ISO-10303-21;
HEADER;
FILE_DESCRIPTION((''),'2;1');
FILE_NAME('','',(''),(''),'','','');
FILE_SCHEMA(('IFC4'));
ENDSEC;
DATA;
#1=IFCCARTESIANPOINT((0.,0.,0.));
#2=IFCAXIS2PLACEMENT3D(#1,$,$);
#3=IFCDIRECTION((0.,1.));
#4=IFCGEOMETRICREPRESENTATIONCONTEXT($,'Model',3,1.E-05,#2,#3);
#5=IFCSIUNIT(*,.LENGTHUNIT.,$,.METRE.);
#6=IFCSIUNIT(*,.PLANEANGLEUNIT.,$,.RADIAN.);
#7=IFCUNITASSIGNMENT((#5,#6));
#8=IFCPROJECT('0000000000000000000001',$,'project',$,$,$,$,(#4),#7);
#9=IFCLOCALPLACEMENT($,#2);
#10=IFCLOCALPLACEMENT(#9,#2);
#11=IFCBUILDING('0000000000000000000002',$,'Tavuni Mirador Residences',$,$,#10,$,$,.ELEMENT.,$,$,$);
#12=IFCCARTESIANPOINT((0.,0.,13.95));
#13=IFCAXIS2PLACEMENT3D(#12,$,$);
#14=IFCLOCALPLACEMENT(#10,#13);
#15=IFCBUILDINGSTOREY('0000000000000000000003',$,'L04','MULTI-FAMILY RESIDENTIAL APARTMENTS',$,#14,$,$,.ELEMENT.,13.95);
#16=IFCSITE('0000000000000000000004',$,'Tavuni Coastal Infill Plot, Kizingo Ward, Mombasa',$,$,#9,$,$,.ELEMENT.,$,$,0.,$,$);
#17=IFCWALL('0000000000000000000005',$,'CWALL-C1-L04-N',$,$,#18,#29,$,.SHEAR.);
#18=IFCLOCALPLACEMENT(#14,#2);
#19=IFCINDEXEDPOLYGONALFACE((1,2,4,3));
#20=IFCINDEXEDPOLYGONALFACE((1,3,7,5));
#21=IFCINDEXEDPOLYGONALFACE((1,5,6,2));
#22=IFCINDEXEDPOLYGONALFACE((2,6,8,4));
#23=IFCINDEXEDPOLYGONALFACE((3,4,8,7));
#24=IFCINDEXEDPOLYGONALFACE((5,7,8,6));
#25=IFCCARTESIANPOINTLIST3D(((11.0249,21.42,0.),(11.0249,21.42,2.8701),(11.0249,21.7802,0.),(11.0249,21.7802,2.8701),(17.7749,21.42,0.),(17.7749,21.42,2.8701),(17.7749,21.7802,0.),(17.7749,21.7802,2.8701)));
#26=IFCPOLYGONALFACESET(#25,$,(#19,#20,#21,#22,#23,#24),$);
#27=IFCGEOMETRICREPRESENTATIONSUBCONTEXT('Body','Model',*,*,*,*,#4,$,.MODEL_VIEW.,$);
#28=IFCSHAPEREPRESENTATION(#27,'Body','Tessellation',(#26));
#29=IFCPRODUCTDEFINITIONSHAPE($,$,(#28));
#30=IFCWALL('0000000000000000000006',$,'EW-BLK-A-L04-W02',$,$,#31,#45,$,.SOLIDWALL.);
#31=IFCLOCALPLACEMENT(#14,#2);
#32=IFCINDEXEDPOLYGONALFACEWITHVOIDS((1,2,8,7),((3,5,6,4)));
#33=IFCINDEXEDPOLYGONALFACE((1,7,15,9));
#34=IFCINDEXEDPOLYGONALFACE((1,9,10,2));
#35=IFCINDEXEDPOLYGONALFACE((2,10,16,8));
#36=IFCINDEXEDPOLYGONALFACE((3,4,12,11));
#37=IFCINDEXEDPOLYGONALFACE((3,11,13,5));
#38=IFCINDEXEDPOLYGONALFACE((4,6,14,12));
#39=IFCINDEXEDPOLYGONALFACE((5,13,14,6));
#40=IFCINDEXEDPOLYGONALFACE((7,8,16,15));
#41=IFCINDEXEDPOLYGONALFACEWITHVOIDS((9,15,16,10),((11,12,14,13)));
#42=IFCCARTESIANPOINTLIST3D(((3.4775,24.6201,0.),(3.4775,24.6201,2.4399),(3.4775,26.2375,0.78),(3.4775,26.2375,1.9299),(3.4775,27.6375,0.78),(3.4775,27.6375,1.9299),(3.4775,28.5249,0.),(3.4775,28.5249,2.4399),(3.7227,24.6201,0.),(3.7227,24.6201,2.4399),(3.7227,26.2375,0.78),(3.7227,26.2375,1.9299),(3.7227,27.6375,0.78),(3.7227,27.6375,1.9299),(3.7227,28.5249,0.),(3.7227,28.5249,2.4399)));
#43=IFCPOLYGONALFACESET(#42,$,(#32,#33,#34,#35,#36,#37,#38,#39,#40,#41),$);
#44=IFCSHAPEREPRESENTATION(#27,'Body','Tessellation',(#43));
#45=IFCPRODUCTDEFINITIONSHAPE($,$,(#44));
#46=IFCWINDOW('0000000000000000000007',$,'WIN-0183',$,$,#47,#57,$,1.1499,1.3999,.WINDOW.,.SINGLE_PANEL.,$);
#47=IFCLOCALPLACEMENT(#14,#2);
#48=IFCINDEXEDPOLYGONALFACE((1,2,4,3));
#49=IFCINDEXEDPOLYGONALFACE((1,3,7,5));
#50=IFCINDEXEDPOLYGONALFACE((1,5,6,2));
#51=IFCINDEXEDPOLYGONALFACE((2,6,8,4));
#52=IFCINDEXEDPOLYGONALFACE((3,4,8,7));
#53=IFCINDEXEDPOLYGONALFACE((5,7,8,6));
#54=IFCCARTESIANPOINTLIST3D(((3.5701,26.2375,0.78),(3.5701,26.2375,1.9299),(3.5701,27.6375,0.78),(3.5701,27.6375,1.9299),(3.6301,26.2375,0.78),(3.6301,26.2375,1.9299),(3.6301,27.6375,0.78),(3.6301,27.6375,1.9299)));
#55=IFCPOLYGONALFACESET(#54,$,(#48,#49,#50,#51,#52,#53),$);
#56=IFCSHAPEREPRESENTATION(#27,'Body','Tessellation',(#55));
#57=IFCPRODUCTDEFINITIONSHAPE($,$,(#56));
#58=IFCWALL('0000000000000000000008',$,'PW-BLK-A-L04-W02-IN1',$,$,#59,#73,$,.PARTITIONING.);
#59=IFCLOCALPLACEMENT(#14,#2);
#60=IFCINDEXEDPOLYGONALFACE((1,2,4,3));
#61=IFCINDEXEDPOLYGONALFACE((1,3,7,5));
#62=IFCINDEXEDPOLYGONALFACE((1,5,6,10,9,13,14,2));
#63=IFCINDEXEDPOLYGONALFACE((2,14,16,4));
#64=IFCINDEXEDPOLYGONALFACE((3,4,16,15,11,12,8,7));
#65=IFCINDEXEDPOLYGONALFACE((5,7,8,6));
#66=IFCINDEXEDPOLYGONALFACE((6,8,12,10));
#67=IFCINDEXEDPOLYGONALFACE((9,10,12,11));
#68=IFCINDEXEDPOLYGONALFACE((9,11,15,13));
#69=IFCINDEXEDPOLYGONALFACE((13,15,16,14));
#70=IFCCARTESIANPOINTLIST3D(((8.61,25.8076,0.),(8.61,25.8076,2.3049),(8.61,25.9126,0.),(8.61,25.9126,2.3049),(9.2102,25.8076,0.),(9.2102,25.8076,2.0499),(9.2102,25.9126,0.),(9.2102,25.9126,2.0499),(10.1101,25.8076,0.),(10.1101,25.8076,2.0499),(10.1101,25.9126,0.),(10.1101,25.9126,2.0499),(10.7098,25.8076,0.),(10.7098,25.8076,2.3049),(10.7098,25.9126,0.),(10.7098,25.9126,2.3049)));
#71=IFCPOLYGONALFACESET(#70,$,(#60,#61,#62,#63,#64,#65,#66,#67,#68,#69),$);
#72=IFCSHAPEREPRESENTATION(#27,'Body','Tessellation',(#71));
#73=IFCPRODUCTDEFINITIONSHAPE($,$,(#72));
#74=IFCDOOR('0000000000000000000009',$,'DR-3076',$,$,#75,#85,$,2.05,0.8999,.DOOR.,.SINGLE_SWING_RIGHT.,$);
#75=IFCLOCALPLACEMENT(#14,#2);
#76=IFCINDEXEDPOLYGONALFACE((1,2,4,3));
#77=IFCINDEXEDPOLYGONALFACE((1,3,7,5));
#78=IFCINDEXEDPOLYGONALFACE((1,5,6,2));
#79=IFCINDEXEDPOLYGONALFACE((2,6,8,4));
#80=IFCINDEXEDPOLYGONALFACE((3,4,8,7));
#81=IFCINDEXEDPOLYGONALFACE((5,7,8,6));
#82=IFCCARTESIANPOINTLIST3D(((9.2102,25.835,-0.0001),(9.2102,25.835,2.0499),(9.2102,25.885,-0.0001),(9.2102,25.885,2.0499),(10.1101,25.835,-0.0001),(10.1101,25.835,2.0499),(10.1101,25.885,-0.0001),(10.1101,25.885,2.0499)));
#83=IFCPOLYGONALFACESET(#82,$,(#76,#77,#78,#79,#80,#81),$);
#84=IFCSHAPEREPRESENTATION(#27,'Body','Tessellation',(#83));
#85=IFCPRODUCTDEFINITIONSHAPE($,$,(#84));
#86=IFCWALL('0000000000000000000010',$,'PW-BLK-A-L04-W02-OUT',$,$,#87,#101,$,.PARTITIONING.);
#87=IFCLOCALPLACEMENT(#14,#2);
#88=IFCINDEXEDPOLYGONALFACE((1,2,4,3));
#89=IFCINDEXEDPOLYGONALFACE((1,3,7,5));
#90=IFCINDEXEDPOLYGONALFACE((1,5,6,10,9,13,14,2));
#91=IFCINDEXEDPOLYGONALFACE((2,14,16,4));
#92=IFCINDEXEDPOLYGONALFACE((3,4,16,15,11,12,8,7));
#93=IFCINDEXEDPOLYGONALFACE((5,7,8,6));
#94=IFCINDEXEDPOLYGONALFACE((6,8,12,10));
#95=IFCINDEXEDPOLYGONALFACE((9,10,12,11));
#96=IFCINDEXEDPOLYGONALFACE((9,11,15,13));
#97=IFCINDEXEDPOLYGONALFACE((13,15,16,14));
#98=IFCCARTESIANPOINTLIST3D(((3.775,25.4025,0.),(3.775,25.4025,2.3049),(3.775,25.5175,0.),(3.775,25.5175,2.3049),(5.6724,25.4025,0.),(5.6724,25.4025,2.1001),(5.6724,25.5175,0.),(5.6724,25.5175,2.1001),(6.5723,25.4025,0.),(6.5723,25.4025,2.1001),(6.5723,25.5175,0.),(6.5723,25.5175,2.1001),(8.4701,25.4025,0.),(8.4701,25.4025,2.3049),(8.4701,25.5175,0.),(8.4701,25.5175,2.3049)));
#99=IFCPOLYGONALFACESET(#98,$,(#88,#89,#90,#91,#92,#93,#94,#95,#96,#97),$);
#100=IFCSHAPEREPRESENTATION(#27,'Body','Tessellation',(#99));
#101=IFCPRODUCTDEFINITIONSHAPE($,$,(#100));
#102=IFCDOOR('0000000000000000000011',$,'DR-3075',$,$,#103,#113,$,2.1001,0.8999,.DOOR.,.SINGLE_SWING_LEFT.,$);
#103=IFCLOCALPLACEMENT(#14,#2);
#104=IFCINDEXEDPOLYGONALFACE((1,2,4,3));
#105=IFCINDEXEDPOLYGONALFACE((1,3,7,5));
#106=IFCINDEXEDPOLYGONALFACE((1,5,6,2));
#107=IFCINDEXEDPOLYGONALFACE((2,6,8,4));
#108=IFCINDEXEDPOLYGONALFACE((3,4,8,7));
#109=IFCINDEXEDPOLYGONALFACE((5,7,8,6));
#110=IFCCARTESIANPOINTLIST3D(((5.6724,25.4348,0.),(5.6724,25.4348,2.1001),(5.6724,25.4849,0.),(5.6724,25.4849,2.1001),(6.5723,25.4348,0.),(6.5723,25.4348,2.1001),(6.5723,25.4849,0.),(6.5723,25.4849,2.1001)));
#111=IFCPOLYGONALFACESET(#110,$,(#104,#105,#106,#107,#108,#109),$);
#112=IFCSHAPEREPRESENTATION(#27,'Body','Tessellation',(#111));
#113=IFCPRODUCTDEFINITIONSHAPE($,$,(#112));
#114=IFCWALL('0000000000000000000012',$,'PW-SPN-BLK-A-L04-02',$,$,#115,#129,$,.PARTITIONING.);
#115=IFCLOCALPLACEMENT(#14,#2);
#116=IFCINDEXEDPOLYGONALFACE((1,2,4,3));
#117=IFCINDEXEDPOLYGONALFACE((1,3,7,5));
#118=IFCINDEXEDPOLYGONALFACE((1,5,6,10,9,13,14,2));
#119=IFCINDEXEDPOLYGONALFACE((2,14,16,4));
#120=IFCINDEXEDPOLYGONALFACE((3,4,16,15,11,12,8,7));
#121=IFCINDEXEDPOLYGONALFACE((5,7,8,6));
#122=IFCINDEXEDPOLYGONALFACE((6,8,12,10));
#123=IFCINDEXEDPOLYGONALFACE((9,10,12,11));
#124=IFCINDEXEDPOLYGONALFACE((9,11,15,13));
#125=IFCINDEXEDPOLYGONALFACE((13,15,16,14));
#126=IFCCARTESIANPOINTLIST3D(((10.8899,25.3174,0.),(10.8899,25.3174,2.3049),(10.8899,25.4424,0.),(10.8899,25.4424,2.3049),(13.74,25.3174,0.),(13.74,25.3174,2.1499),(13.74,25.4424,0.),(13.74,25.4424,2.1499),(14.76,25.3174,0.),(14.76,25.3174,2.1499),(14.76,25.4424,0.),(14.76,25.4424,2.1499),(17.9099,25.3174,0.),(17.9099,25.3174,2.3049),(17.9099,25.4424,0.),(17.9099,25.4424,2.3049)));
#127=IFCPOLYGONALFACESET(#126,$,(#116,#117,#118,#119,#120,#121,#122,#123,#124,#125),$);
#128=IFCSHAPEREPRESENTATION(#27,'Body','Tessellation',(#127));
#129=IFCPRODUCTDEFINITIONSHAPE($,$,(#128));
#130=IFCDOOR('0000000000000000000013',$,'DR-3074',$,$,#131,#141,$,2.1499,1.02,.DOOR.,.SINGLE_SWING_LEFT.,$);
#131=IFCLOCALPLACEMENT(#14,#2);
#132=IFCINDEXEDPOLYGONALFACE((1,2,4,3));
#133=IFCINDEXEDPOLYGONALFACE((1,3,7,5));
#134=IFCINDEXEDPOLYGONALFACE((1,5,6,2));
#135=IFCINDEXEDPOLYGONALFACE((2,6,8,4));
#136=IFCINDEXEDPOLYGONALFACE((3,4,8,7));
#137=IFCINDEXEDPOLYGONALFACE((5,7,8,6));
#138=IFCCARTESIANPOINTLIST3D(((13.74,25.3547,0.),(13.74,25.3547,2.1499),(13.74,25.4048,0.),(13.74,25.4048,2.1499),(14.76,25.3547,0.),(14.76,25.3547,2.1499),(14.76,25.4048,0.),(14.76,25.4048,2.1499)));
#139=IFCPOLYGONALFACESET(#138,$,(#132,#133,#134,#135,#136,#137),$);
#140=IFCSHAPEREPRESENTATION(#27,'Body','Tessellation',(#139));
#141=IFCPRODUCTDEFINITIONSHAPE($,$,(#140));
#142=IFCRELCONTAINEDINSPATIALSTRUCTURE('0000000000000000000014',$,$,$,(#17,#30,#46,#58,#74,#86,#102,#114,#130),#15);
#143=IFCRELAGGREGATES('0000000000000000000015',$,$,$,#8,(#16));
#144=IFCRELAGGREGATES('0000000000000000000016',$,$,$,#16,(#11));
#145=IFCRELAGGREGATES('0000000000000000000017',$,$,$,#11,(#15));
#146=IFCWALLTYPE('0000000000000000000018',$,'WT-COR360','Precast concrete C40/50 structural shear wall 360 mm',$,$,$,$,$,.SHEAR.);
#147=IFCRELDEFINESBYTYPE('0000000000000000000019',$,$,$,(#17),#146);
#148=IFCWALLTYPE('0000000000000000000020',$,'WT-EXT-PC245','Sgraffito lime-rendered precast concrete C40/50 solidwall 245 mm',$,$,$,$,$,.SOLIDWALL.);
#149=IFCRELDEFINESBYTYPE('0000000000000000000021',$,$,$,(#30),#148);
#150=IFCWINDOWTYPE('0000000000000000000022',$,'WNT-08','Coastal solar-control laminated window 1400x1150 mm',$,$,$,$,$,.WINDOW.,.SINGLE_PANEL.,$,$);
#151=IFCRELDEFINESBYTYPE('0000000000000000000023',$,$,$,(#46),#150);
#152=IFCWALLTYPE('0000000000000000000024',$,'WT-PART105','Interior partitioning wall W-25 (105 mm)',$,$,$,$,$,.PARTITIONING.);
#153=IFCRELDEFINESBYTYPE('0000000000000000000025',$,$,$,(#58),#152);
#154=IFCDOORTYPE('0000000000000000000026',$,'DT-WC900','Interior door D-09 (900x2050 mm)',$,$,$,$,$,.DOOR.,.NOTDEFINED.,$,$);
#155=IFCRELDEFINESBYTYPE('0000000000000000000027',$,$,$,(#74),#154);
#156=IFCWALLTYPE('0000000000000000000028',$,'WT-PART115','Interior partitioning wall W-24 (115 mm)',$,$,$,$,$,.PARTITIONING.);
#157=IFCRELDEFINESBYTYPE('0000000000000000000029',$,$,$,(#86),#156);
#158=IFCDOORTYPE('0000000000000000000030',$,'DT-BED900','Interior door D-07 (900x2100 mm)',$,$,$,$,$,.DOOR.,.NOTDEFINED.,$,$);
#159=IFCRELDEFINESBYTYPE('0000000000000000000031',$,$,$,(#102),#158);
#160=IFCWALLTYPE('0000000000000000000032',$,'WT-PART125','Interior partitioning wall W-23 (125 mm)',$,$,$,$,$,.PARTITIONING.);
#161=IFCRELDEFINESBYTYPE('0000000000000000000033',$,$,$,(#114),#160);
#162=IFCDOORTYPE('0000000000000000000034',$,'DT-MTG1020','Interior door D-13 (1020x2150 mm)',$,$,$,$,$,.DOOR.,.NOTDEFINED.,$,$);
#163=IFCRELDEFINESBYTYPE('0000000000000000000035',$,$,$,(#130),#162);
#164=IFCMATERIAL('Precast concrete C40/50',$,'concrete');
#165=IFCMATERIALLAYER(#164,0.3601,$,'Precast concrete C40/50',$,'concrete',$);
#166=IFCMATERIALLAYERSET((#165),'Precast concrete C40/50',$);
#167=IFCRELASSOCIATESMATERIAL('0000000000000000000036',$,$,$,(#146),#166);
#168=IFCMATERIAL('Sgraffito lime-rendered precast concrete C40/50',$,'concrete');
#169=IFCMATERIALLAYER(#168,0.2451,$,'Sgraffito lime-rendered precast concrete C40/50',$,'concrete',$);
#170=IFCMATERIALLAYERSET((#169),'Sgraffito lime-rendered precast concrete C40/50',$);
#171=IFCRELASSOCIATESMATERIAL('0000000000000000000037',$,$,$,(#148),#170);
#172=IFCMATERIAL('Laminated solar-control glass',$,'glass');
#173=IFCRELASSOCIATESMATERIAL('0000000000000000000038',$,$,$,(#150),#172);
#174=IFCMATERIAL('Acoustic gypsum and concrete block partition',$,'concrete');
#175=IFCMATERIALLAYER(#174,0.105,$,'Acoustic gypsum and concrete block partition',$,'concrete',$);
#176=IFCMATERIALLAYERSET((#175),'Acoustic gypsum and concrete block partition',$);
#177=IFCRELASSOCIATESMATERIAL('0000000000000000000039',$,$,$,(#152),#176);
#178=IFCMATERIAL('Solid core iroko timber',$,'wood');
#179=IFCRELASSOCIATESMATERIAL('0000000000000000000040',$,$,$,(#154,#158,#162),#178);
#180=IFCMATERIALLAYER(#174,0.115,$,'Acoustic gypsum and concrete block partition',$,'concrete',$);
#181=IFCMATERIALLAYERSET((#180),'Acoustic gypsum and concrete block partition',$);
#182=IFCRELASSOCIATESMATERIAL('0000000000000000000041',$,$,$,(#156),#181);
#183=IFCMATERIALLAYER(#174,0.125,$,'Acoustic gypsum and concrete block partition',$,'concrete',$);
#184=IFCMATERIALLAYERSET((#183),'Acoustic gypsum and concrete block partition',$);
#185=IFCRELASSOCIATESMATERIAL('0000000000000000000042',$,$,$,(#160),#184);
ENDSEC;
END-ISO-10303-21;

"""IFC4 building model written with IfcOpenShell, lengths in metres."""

from ifc_helpers import new_model, si_unit, direction, frame, frame_2d, origin, place, context, subcontext, project, spatial, rectangle, extrude, material, layer, layer_set, type_object, element, fill, save


model = new_model("IFC4")

# Units and contexts
model_context = context("Model", 3, precision=1e-05, world=origin(), true_north=direction((0.0, 1.0)))
body_context = subcontext(model_context, "Body", "Model", "MODEL_VIEW")
ifc_project = project(units=[si_unit("LENGTHUNIT", "METRE"), si_unit("PLANEANGLEUNIT", "RADIAN")], contexts=[model_context])

# Site, building, storey
site_placement = place(None, origin())
site = spatial("IfcSite", under=ifc_project, at=site_placement, Name="Tavuni Coastal Infill Plot, Kizingo Ward, Mombasa", CompositionType="ELEMENT", RefElevation=0.0)
building_placement = place(site_placement, origin())
building = spatial("IfcBuilding", under=site, at=building_placement, Name="Tavuni Mirador Residences", CompositionType="ELEMENT")
storey_placement = place(building_placement, frame((0.0, 0.0, 13.95)))
storey = spatial("IfcBuildingStorey", under=building, at=storey_placement, Name="L04", Description="MULTI-FAMILY RESIDENTIAL APARTMENTS", CompositionType="ELEMENT", Elevation=13.95)

# Shared definitions
ifc_material_1 = material(Name="Precast concrete C40/50", Category="concrete")

# Wall
ifc_layer_1 = layer(ifc_material_1, 0.3601, Name="Precast concrete C40/50", Category="concrete")
ifc_layer_set_1 = layer_set([ifc_layer_1], Name="Precast concrete C40/50")
wall_type_1 = type_object("IfcWallType", Name="WT-COR360", Description="Precast concrete C40/50 structural shear wall 360 mm", PredefinedType="SHEAR", material=ifc_layer_set_1)
wall_1_placement = place(storey_placement, frame((11.0249, 21.6001, 0.0), z_axis=(0.0, 0.0, 1.0), x_axis=(1.0, 0.0, 0.0)))
element("IfcWall", 1, at=wall_1_placement, inside=storey, type_object=wall_type_1, Name="CWALL-C1-L04-N", PredefinedType="SHEAR", context=body_context, shape_type="SweptSolid", body=[
    extrude(rectangle(XDim=6.75, YDim=0.3601, at=frame_2d((3.375, 0.0))), origin(), (0.0, 0.0, 1.0), 2.8701),
])

# Shared definitions
ifc_material_2 = material(Name="Solid core iroko timber", Category="wood")

# Wall, opening, window
ifc_material_3 = material(Name="Sgraffito lime-rendered precast concrete C40/50", Category="concrete")
ifc_layer_2 = layer(ifc_material_3, 0.2451, Name="Sgraffito lime-rendered precast concrete C40/50", Category="concrete")
ifc_layer_set_2 = layer_set([ifc_layer_2], Name="Sgraffito lime-rendered precast concrete C40/50")
wall_type_2 = type_object("IfcWallType", Name="WT-EXT-PC245", Description="Sgraffito lime-rendered precast concrete C40/50 solidwall 245 mm", PredefinedType="SOLIDWALL", material=ifc_layer_set_2)
wall_2_placement = place(storey_placement, frame((3.6001, 28.5249, 0.0), z_axis=(0.0, 0.0, 1.0), x_axis=(0.0, -1.0, 0.0)))
wall_2 = element("IfcWall", 2, at=wall_2_placement, inside=storey, type_object=wall_type_2, Name="EW-BLK-A-L04-W02", PredefinedType="SOLIDWALL", context=body_context, shape_type="SweptSolid", body=[
    extrude(rectangle(XDim=3.9048, YDim=0.2451, at=frame_2d((1.9524, 0.0))), origin(), (0.0, 0.0, 1.0), 2.4399),
])
opening_1_placement = place(wall_2_placement, frame((0.8875, 0.0, 0.78)))
opening_1 = element("IfcOpeningElement", 3, at=opening_1_placement, cuts=wall_2, PredefinedType="OPENING", context=body_context, shape_type="SweptSolid", body=[
    extrude(rectangle(XDim=1.3999, YDim=1.1499, at=frame_2d((0.7, 0.575))), frame((0.0, 0.1326, 0.0), z_axis=(0.0, -1.0, 0.0), x_axis=(1.0, 0.0, 0.0)), (0.0, 0.0, 1.0), 0.2651),
])
ifc_material_4 = material(Name="Laminated solar-control glass", Category="glass")
window_type = type_object("IfcWindowType", Name="WNT-08", Description="Coastal solar-control laminated window 1400x1150 mm", PartitioningType="SINGLE_PANEL", PredefinedType="WINDOW", material=ifc_material_4)
window_placement = place(opening_1_placement, origin())
window = element("IfcWindow", 4, at=window_placement, inside=storey, type_object=window_type, Name="WIN-0183", OverallHeight=1.1499, OverallWidth=1.3999, PartitioningType="SINGLE_PANEL", PredefinedType="WINDOW", context=body_context, shape_type="SweptSolid", body=[
    extrude(rectangle(XDim=1.3999, YDim=1.1499, at=frame_2d((0.7, 0.575))), frame((0.0, 0.03, 0.0), z_axis=(0.0, -1.0, 0.0), x_axis=(1.0, 0.0, 0.0)), (0.0, 0.0, 1.0), 0.0601),
])
fill(opening_1, window)

# Walls, openings, doors
ifc_material_5 = material(Name="Acoustic gypsum and concrete block partition", Category="concrete")
ifc_layer_3 = layer(ifc_material_5, 0.105, Name="Acoustic gypsum and concrete block partition", Category="concrete")
ifc_layer_set_3 = layer_set([ifc_layer_3], Name="Acoustic gypsum and concrete block partition")
wall_type_3 = type_object("IfcWallType", Name="WT-PART105", Description="Interior partitioning wall W-25 (105 mm)", PredefinedType="PARTITIONING", material=ifc_layer_set_3)
wall_3_placement = place(storey_placement, frame((8.6101, 25.8601, 0.0), z_axis=(0.0, 0.0, 1.0), x_axis=(1.0, 0.0, 0.0)))
wall_3 = element("IfcWall", 5, at=wall_3_placement, inside=storey, type_object=wall_type_3, Name="PW-BLK-A-L04-W02-IN1", PredefinedType="PARTITIONING", context=body_context, shape_type="SweptSolid", body=[
    extrude(rectangle(XDim=2.0999, YDim=0.105, at=frame_2d((1.0498, 0.0))), origin(), (0.0, 0.0, 1.0), 2.3049),
])
opening_2_placement = place(wall_3_placement, frame((0.6001, 0.0, 0.0)))
opening_2 = element("IfcOpeningElement", 6, at=opening_2_placement, cuts=wall_3, PredefinedType="OPENING", context=body_context, shape_type="SweptSolid", body=[
    extrude(rectangle(XDim=0.8999, YDim=2.05, at=frame_2d((0.45, 1.0249))), frame((0.0, 0.0625, 0.0), z_axis=(0.0, -1.0, 0.0), x_axis=(1.0, 0.0, 0.0)), (0.0, 0.0, 1.0), 0.125),
])
door_type_1 = type_object("IfcDoorType", Name="DT-WC900", Description="Interior door D-09 (900x2050 mm)", OperationType="NOTDEFINED", PredefinedType="DOOR", material=ifc_material_2)
door_1_placement = place(opening_2_placement, origin())
door_1 = element("IfcDoor", 7, at=door_1_placement, inside=storey, type_object=door_type_1, Name="DR-3076", OperationType="SINGLE_SWING_RIGHT", OverallHeight=2.05, OverallWidth=0.8999, PredefinedType="DOOR", context=body_context, shape_type="SweptSolid", body=[
    extrude(rectangle(XDim=0.8999, YDim=2.05, at=frame_2d((0.45, 1.0249))), frame((0.0, 0.0249, 0.0), z_axis=(0.0, -1.0, 0.0), x_axis=(1.0, 0.0, 0.0)), (0.0, 0.0, 1.0), 0.05),
])
fill(opening_2, door_1)
ifc_layer_4 = layer(ifc_material_5, 0.115, Name="Acoustic gypsum and concrete block partition", Category="concrete")
ifc_layer_set_4 = layer_set([ifc_layer_4], Name="Acoustic gypsum and concrete block partition")
wall_type_4 = type_object("IfcWallType", Name="WT-PART115", Description="Interior partitioning wall W-24 (115 mm)", PredefinedType="PARTITIONING", material=ifc_layer_set_4)
wall_4_placement = place(storey_placement, frame((3.7749, 25.46, 0.0), z_axis=(0.0, 0.0, 1.0), x_axis=(1.0, 0.0, 0.0)))
wall_4 = element("IfcWall", 8, at=wall_4_placement, inside=storey, type_object=wall_type_4, Name="PW-BLK-A-L04-W02-OUT", PredefinedType="PARTITIONING", context=body_context, shape_type="SweptSolid", body=[
    extrude(rectangle(XDim=4.6951, YDim=0.115, at=frame_2d((2.3477, 0.0))), origin(), (0.0, 0.0, 1.0), 2.3049),
])
opening_3_placement = place(wall_4_placement, frame((1.8975, 0.0, 0.0)))
opening_3 = element("IfcOpeningElement", 9, at=opening_3_placement, cuts=wall_4, PredefinedType="OPENING", context=body_context, shape_type="SweptSolid", body=[
    extrude(rectangle(XDim=0.8999, YDim=2.1001, at=frame_2d((0.45, 1.05))), frame((0.0, 0.0674, 0.0), z_axis=(0.0, -1.0, 0.0), x_axis=(1.0, 0.0, 0.0)), (0.0, 0.0, 1.0), 0.135),
])
door_type_2 = type_object("IfcDoorType", Name="DT-BED900", Description="Interior door D-07 (900x2100 mm)", OperationType="NOTDEFINED", PredefinedType="DOOR", material=ifc_material_2)
door_2_placement = place(opening_3_placement, origin())
door_2 = element("IfcDoor", 10, at=door_2_placement, inside=storey, type_object=door_type_2, Name="DR-3075", OperationType="SINGLE_SWING_LEFT", OverallHeight=2.1001, OverallWidth=0.8999, PredefinedType="DOOR", context=body_context, shape_type="SweptSolid", body=[
    extrude(rectangle(XDim=0.8999, YDim=2.1001, at=frame_2d((0.45, 1.05))), frame((0.0, 0.0249, 0.0), z_axis=(0.0, -1.0, 0.0), x_axis=(1.0, 0.0, 0.0)), (0.0, 0.0, 1.0), 0.05),
])
fill(opening_3, door_2)
ifc_layer_5 = layer(ifc_material_5, 0.125, Name="Acoustic gypsum and concrete block partition", Category="concrete")
ifc_layer_set_5 = layer_set([ifc_layer_5], Name="Acoustic gypsum and concrete block partition")
wall_type_5 = type_object("IfcWallType", Name="WT-PART125", Description="Interior partitioning wall W-23 (125 mm)", PredefinedType="PARTITIONING", material=ifc_layer_set_5)
wall_5_placement = place(storey_placement, frame((10.8899, 25.3799, 0.0), z_axis=(0.0, 0.0, 1.0), x_axis=(1.0, 0.0, 0.0)))
wall_5 = element("IfcWall", 11, at=wall_5_placement, inside=storey, type_object=wall_type_5, Name="PW-SPN-BLK-A-L04-02", PredefinedType="PARTITIONING", context=body_context, shape_type="SweptSolid", body=[
    extrude(rectangle(XDim=7.02, YDim=0.125, at=frame_2d((3.51, 0.0))), origin(), (0.0, 0.0, 1.0), 2.3049),
])
opening_4_placement = place(wall_5_placement, frame((2.8501, 0.0, 0.0)))
opening_4 = element("IfcOpeningElement", 12, at=opening_4_placement, cuts=wall_5, PredefinedType="OPENING", context=body_context, shape_type="SweptSolid", body=[
    extrude(rectangle(XDim=1.02, YDim=2.1499, at=frame_2d((0.51, 1.075))), frame((0.0, 0.0725, 0.0), z_axis=(0.0, -1.0, 0.0), x_axis=(1.0, 0.0, 0.0)), (0.0, 0.0, 1.0), 0.145),
])
door_type_3 = type_object("IfcDoorType", Name="DT-MTG1020", Description="Interior door D-13 (1020x2150 mm)", OperationType="NOTDEFINED", PredefinedType="DOOR", material=ifc_material_2)
door_3_placement = place(opening_4_placement, origin())
door_3 = element("IfcDoor", 13, at=door_3_placement, inside=storey, type_object=door_type_3, Name="DR-3074", OperationType="SINGLE_SWING_LEFT", OverallHeight=2.1499, OverallWidth=1.02, PredefinedType="DOOR", context=body_context, shape_type="SweptSolid", body=[
    extrude(rectangle(XDim=1.02, YDim=2.1499, at=frame_2d((0.51, 1.075))), frame((0.0, 0.0249, 0.0), z_axis=(0.0, -1.0, 0.0), x_axis=(1.0, 0.0, 0.0)), (0.0, 0.0, 1.0), 0.05),
])
fill(opening_4, door_3)

save(model, "model.ifc")
